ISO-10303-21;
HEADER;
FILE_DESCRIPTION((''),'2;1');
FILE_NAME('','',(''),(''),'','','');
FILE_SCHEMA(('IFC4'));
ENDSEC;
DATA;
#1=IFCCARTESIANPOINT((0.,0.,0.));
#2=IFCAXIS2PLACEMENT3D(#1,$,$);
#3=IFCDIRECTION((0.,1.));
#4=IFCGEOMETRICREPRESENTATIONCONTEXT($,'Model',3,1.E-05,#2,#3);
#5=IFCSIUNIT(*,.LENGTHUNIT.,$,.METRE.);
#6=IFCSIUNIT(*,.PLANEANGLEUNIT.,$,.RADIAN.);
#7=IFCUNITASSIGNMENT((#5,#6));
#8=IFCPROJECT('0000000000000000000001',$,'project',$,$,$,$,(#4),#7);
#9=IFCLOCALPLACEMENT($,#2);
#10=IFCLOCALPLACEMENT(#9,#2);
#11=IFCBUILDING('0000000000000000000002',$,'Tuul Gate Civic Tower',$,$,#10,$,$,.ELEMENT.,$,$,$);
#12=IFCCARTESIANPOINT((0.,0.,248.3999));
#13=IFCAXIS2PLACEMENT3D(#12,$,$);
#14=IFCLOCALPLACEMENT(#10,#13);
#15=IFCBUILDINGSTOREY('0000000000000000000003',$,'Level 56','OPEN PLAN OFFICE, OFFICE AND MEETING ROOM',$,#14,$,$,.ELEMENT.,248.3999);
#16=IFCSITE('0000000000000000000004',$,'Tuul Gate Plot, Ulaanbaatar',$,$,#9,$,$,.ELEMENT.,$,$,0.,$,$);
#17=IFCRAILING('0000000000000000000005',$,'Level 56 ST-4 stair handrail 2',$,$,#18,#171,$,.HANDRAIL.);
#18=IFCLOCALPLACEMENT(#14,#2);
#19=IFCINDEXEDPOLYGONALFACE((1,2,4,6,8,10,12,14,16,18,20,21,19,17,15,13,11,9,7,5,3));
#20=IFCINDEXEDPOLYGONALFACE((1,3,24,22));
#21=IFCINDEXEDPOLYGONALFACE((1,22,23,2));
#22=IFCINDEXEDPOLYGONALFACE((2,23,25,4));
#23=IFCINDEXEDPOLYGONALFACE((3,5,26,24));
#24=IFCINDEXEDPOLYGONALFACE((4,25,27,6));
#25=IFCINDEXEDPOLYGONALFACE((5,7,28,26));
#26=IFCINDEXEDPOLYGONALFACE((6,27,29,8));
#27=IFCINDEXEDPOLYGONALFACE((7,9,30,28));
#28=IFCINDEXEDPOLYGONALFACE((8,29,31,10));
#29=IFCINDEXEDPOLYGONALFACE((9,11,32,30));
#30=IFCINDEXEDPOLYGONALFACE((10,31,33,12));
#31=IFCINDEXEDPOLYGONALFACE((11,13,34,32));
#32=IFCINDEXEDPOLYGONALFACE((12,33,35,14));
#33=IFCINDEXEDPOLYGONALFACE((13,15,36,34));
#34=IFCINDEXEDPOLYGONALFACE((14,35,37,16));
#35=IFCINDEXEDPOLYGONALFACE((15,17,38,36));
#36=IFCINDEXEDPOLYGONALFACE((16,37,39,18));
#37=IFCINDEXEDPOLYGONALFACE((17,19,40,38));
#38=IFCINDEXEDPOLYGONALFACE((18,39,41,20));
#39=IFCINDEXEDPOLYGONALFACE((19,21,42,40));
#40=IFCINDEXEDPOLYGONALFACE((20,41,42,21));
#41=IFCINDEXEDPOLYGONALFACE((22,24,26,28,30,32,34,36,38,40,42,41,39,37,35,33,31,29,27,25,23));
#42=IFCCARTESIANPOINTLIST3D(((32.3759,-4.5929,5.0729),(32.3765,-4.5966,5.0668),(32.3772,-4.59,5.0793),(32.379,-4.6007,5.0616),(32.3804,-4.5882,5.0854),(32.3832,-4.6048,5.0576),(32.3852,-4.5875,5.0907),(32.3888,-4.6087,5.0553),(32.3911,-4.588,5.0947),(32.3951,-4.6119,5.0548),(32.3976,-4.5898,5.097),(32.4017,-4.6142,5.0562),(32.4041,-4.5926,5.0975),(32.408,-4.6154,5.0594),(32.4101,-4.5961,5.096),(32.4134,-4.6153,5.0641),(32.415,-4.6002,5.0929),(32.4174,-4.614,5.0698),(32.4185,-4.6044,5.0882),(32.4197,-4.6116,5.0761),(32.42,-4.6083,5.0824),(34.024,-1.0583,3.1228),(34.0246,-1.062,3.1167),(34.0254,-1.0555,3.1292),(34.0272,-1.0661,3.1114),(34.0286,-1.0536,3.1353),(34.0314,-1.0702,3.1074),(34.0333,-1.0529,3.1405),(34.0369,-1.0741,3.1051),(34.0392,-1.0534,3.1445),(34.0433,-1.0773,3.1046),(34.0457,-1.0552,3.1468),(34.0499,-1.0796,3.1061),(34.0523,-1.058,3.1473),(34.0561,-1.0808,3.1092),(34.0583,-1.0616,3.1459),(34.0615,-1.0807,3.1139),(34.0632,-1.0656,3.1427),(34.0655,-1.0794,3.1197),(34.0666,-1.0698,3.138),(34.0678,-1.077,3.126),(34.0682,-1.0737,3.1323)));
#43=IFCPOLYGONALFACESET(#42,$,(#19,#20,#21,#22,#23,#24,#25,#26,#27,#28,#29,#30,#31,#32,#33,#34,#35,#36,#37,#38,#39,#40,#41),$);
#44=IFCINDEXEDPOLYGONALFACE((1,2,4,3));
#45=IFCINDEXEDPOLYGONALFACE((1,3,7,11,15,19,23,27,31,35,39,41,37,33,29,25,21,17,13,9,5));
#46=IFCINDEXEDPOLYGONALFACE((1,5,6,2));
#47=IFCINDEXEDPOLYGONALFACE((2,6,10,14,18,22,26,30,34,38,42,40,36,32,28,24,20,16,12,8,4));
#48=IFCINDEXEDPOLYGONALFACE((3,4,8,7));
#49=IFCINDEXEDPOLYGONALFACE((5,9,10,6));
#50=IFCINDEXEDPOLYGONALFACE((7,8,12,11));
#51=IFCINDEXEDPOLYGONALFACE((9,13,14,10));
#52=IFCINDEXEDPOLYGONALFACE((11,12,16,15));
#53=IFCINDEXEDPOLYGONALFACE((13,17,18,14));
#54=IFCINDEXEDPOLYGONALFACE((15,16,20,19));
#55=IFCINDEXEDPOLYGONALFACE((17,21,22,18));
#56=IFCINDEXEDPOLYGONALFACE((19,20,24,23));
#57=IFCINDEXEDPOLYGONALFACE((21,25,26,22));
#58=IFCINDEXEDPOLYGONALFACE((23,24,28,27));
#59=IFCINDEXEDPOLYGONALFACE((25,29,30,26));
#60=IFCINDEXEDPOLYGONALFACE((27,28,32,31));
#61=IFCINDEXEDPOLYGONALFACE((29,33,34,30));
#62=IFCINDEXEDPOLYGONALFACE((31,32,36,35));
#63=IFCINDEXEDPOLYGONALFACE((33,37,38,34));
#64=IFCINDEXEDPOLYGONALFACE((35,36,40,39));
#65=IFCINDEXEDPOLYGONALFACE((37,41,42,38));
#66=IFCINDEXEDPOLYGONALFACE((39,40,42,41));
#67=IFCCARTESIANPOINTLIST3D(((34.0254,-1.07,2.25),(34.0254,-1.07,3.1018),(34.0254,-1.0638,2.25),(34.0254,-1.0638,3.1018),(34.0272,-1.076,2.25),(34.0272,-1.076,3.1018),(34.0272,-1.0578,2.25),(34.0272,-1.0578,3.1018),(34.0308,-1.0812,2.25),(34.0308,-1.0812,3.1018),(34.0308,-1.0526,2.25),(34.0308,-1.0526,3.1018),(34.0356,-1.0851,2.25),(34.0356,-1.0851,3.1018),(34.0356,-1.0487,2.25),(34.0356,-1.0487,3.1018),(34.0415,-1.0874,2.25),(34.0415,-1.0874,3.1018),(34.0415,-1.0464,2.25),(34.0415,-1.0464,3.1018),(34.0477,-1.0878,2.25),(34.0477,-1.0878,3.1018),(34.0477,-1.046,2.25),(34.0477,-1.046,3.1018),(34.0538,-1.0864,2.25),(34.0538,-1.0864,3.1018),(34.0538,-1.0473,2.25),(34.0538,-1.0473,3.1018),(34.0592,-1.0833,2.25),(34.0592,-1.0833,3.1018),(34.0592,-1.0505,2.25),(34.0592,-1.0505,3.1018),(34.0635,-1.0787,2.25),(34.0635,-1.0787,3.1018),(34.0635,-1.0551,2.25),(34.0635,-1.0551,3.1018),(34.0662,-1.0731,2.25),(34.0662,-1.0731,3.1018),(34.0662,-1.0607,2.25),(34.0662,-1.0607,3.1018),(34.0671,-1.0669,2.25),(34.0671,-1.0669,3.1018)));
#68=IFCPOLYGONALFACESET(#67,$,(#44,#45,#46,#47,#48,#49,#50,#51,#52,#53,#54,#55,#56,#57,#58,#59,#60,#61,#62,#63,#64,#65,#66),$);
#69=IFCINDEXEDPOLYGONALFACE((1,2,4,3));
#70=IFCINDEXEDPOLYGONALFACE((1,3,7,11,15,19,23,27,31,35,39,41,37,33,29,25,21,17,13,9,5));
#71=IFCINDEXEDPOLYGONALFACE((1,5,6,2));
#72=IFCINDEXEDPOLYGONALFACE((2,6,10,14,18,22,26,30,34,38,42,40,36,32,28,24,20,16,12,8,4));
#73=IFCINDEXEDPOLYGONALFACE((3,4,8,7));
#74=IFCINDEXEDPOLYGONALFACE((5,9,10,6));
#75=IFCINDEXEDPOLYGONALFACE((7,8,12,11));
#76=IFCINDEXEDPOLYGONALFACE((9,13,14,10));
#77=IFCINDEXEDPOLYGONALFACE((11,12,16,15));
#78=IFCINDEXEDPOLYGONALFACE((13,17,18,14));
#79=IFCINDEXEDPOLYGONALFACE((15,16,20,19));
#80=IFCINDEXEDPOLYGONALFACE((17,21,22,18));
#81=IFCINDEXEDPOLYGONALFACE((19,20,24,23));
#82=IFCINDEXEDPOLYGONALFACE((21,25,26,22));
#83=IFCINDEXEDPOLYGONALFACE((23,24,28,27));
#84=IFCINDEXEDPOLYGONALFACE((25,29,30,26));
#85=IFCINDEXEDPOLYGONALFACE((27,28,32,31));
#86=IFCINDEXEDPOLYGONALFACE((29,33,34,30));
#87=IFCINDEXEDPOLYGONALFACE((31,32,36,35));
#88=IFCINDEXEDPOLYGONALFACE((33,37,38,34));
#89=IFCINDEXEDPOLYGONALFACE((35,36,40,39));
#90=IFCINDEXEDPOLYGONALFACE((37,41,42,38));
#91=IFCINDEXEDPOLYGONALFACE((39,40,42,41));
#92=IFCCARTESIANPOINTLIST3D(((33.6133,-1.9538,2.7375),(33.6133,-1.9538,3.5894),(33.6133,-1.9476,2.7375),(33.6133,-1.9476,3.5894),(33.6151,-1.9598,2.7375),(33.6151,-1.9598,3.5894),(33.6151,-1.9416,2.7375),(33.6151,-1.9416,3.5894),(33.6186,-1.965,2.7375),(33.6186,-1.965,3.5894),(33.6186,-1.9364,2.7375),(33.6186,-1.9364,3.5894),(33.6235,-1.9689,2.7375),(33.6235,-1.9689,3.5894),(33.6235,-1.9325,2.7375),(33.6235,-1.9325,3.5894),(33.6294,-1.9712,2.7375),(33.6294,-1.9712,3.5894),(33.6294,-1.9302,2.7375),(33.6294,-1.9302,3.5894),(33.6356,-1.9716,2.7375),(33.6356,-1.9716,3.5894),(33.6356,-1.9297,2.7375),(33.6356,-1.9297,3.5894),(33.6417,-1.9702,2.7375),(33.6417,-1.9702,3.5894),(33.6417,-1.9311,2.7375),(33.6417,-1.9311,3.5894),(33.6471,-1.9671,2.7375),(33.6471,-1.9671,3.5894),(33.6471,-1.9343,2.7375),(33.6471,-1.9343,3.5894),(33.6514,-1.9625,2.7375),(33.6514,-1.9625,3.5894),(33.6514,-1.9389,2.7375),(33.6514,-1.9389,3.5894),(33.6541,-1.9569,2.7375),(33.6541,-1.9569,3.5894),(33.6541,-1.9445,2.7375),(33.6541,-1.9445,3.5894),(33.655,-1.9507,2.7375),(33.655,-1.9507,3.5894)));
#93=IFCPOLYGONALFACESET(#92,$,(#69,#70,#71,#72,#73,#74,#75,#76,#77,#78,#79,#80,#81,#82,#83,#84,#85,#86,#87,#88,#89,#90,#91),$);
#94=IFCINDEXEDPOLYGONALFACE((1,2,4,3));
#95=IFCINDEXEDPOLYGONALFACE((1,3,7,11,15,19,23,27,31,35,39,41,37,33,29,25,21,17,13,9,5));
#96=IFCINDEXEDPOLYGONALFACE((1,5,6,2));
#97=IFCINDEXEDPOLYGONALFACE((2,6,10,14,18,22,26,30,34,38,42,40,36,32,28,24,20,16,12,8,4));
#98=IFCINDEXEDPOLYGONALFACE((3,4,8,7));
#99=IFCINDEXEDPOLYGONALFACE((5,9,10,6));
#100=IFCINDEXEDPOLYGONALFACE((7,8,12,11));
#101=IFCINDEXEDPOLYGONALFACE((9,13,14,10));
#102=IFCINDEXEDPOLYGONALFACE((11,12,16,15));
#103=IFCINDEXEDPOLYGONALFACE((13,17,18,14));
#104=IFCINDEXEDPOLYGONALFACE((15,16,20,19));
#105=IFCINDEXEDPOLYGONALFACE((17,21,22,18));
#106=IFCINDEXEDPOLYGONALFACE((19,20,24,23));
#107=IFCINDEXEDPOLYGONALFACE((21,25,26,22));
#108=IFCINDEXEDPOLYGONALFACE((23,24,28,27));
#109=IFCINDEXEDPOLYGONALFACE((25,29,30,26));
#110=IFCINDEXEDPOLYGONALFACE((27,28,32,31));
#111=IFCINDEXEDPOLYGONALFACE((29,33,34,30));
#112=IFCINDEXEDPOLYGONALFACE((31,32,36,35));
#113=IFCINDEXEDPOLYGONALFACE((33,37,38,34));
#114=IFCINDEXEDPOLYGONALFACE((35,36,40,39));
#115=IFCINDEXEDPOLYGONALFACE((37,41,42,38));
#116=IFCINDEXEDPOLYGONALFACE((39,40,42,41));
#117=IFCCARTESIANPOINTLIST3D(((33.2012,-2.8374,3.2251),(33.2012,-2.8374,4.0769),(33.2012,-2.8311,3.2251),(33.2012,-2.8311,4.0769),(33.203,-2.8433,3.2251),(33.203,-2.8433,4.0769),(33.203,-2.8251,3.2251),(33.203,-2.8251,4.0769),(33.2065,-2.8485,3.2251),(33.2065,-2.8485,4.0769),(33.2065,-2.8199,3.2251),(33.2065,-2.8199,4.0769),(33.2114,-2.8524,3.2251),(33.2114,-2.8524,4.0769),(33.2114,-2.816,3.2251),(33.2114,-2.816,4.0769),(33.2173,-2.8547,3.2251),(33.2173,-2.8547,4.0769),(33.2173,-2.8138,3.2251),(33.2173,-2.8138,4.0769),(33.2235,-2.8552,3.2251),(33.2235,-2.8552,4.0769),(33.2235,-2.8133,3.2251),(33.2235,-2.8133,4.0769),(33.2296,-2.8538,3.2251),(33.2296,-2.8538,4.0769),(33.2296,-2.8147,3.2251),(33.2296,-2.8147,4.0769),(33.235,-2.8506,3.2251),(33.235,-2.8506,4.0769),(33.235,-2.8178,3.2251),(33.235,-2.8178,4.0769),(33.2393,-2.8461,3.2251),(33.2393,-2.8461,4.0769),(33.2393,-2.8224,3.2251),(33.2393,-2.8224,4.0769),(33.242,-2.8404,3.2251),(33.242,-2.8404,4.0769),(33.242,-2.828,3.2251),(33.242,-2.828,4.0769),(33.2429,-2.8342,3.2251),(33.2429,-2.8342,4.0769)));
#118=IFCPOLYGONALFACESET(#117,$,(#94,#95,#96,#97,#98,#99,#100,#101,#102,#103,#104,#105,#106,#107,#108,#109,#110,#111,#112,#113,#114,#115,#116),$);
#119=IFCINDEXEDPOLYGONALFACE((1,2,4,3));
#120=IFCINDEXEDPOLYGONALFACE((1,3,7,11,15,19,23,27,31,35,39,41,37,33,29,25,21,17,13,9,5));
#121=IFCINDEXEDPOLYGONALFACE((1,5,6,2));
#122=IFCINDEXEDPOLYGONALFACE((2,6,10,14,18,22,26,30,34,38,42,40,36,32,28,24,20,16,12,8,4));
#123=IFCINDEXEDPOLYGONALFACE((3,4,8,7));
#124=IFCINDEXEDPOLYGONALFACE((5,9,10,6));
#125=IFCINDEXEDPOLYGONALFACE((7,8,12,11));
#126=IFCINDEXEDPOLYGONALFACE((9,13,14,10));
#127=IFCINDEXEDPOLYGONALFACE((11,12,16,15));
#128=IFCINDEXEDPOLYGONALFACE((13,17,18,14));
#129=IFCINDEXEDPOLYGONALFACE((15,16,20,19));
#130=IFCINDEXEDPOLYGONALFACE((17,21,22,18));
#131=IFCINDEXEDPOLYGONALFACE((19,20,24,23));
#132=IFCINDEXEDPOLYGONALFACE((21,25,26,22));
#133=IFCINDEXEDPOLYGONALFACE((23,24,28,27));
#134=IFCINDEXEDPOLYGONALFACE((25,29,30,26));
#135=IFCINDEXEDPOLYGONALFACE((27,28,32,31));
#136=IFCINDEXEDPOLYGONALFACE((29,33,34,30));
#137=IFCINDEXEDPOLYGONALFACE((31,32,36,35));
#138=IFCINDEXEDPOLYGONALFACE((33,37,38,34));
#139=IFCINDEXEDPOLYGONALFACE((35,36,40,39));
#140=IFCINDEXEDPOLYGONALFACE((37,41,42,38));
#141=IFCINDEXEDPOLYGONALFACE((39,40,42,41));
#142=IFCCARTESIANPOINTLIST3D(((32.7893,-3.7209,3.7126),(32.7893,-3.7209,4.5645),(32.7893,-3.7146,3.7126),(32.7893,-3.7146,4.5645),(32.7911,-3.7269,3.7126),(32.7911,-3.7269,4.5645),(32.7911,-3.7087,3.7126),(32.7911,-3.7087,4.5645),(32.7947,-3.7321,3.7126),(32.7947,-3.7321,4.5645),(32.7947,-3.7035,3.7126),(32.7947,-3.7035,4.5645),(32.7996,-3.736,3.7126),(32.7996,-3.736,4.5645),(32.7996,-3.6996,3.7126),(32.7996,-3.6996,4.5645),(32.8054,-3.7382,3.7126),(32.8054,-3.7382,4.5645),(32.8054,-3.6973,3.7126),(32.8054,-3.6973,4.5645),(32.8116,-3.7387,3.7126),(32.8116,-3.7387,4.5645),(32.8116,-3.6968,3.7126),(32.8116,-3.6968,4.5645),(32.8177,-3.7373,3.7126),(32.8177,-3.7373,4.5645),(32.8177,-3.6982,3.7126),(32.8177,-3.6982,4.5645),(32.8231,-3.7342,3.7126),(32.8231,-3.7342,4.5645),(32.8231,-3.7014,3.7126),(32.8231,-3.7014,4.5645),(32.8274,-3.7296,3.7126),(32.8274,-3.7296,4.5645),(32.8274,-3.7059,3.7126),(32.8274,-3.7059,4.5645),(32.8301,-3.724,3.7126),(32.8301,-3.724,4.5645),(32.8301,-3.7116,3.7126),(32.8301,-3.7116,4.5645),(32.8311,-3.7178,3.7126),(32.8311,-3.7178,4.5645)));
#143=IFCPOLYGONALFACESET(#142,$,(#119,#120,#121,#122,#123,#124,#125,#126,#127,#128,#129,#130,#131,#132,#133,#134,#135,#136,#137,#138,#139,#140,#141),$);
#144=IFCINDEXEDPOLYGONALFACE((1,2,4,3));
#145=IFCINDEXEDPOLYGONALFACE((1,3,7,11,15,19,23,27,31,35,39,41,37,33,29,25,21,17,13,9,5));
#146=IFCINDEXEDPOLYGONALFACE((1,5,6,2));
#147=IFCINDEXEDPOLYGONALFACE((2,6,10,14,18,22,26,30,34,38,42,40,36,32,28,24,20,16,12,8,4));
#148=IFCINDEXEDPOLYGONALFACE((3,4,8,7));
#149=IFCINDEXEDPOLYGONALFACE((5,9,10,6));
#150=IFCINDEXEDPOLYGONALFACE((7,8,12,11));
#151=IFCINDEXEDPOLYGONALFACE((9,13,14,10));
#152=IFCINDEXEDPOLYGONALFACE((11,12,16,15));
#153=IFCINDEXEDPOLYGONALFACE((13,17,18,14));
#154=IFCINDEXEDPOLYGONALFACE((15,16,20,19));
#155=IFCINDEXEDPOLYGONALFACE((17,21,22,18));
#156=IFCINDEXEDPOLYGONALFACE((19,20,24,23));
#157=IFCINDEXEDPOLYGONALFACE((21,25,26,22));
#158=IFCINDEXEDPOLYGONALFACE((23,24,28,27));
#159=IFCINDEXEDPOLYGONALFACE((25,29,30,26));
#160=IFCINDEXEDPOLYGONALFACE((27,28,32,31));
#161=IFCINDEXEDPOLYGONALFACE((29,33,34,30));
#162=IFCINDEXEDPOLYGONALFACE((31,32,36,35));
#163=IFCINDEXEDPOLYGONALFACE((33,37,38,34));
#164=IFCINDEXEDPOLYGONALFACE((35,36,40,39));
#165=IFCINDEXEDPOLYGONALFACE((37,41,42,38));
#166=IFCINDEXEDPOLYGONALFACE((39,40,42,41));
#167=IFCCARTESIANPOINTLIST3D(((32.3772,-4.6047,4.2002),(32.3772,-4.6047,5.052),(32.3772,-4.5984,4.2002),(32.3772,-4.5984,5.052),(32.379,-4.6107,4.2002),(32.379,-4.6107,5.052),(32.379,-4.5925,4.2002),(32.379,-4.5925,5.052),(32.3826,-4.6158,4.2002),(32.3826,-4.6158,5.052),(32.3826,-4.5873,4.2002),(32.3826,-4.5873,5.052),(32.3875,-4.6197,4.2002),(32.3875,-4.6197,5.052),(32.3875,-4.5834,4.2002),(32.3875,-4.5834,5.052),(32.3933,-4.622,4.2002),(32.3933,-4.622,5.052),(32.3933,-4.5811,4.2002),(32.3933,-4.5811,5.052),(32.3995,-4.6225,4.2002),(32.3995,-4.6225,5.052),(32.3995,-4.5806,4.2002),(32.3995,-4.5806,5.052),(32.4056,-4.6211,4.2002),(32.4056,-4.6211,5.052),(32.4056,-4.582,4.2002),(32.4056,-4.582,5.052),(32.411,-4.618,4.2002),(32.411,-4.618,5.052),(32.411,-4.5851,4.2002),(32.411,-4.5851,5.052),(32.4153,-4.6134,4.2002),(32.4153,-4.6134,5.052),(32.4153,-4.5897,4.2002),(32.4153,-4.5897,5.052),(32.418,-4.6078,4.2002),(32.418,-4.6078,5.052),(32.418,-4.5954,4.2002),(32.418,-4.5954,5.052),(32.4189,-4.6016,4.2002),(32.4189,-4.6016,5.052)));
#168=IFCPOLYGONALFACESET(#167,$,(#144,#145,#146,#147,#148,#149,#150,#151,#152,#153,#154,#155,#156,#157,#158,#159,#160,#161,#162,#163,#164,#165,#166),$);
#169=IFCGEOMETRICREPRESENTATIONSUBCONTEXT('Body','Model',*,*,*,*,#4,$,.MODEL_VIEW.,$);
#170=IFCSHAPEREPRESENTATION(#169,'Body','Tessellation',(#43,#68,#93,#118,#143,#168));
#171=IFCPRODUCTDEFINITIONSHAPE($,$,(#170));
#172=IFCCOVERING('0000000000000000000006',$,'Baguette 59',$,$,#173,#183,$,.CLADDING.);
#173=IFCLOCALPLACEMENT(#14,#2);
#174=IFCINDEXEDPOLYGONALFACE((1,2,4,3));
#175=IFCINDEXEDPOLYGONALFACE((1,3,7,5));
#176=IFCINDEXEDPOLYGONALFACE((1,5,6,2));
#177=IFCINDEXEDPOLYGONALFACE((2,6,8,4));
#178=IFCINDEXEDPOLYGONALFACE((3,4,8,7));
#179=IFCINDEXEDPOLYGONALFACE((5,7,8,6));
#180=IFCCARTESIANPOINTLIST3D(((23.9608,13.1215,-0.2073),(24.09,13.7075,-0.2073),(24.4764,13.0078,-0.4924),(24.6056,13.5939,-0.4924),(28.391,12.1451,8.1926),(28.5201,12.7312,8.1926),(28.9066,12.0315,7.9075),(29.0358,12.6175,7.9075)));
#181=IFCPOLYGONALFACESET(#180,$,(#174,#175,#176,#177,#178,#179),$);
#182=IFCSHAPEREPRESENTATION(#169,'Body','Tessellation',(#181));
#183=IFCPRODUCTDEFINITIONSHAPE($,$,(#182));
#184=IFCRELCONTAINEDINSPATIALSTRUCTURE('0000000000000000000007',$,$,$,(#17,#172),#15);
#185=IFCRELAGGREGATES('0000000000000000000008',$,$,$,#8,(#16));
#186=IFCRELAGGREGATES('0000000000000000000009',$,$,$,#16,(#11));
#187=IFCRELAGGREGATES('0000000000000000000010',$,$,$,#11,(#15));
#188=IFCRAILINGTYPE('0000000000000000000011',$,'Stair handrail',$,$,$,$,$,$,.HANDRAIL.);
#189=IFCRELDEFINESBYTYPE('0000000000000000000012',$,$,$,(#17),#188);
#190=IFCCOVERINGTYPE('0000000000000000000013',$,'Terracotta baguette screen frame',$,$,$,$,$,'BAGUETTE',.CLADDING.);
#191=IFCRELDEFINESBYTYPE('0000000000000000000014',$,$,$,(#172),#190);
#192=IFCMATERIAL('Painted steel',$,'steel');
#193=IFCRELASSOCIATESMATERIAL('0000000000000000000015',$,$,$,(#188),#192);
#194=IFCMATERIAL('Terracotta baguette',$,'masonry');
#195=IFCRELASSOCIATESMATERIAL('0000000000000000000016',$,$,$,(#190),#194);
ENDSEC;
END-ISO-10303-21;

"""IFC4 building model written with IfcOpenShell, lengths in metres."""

from ifc_helpers import new_model, si_unit, direction, frame, origin, origin_2d, place, context, subcontext, project, spatial, rectangle, circle, extrude, material, material_profile, profile_set, type_object, element, save


model = new_model("IFC4")

# Units and contexts
model_context = context("Model", 3, precision=1e-05, world=origin(), true_north=direction((0.0, 1.0)))
body_context = subcontext(model_context, "Body", "Model", "MODEL_VIEW")
ifc_project = project(units=[si_unit("LENGTHUNIT", "METRE"), si_unit("PLANEANGLEUNIT", "RADIAN")], contexts=[model_context])

# Site, building, storey
site_placement = place(None, origin())
site = spatial("IfcSite", under=ifc_project, at=site_placement, Name="Tuul Gate Plot, Ulaanbaatar", CompositionType="ELEMENT", RefElevation=0.0)
building_placement = place(site_placement, origin())
building = spatial("IfcBuilding", under=site, at=building_placement, Name="Tuul Gate Civic Tower", CompositionType="ELEMENT")
storey_placement = place(building_placement, frame((0.0, 0.0, 248.3999)))
storey = spatial("IfcBuildingStorey", under=building, at=storey_placement, Name="Level 56", Description="OPEN PLAN OFFICE, OFFICE AND MEETING ROOM", CompositionType="ELEMENT", Elevation=248.3999)

# Railing
ifc_material_1 = material(Name="Painted steel", Category="steel")
railing_type = type_object("IfcRailingType", Name="Stair handrail", PredefinedType="HANDRAIL", material=ifc_material_1)
railing_placement = place(storey_placement, frame((34.0461, -1.0669, 2.25)))
element("IfcRailing", 1, at=railing_placement, inside=storey, type_object=railing_type, Name="Level 56 ST-4 stair handrail 2", PredefinedType="HANDRAIL", context=body_context, shape_type="SweptSolid", body=[
    extrude(circle(Radius=0.0239, at=origin_2d()), frame((0.0, 0.0, 0.876), z_axis=(-0.377985, -0.810617, 0.447245), x_axis=(0.906313, -0.422608, 0.0)), (0.0, 0.0, 1.0), 4.3604),
    extrude(circle(Radius=0.021, at=origin_2d()), origin(), (0.0, 0.0, 1.0), 0.8518),
    extrude(circle(Radius=0.021, at=origin_2d()), frame((-0.4121, -0.8838, 0.4875)), (0.0, 0.0, 1.0), 0.8518),
    extrude(circle(Radius=0.021, at=origin_2d()), frame((-0.8242, -1.7673, 0.9751)), (0.0, 0.0, 1.0), 0.8518),
    extrude(circle(Radius=0.021, at=origin_2d()), frame((-1.2361, -2.6509, 1.4626)), (0.0, 0.0, 1.0), 0.8518),
    extrude(circle(Radius=0.021, at=origin_2d()), frame((-1.6482, -3.5347, 1.9502)), (0.0, 0.0, 1.0), 0.8518),
])

# Covering
ifc_material_2 = material(Name="Terracotta baguette", Category="masonry")
ifc_material_profile_1 = material_profile(ifc_material_2, rectangle(XDim=0.6001, YDim=0.6001, at=origin_2d()), Name="Terracotta baguette screen frame")
ifc_profile_set_1 = profile_set([ifc_material_profile_1], Name="Terracotta baguette")
covering_type = type_object("IfcCoveringType", Name="Terracotta baguette screen frame", ElementType="BAGUETTE", PredefinedType="CLADDING", material=ifc_profile_set_1)
covering_placement = place(storey_placement, frame((28.7134, 12.3813, 8.05), z_axis=(-0.464057, 0.102268, -0.879882), x_axis=(-0.215215, -0.976567, 0.0)))
element("IfcCovering", 2, at=covering_placement, inside=storey, type_object=covering_type, Name="Baguette 59", PredefinedType="CLADDING", context=body_context, shape_type="SweptSolid", body=[
    extrude(rectangle(XDim=0.6001, YDim=0.6001, at=origin_2d()), origin(), (0.0, 0.0, 1.0), 9.5466),
])

save(model, "model.ifc")
